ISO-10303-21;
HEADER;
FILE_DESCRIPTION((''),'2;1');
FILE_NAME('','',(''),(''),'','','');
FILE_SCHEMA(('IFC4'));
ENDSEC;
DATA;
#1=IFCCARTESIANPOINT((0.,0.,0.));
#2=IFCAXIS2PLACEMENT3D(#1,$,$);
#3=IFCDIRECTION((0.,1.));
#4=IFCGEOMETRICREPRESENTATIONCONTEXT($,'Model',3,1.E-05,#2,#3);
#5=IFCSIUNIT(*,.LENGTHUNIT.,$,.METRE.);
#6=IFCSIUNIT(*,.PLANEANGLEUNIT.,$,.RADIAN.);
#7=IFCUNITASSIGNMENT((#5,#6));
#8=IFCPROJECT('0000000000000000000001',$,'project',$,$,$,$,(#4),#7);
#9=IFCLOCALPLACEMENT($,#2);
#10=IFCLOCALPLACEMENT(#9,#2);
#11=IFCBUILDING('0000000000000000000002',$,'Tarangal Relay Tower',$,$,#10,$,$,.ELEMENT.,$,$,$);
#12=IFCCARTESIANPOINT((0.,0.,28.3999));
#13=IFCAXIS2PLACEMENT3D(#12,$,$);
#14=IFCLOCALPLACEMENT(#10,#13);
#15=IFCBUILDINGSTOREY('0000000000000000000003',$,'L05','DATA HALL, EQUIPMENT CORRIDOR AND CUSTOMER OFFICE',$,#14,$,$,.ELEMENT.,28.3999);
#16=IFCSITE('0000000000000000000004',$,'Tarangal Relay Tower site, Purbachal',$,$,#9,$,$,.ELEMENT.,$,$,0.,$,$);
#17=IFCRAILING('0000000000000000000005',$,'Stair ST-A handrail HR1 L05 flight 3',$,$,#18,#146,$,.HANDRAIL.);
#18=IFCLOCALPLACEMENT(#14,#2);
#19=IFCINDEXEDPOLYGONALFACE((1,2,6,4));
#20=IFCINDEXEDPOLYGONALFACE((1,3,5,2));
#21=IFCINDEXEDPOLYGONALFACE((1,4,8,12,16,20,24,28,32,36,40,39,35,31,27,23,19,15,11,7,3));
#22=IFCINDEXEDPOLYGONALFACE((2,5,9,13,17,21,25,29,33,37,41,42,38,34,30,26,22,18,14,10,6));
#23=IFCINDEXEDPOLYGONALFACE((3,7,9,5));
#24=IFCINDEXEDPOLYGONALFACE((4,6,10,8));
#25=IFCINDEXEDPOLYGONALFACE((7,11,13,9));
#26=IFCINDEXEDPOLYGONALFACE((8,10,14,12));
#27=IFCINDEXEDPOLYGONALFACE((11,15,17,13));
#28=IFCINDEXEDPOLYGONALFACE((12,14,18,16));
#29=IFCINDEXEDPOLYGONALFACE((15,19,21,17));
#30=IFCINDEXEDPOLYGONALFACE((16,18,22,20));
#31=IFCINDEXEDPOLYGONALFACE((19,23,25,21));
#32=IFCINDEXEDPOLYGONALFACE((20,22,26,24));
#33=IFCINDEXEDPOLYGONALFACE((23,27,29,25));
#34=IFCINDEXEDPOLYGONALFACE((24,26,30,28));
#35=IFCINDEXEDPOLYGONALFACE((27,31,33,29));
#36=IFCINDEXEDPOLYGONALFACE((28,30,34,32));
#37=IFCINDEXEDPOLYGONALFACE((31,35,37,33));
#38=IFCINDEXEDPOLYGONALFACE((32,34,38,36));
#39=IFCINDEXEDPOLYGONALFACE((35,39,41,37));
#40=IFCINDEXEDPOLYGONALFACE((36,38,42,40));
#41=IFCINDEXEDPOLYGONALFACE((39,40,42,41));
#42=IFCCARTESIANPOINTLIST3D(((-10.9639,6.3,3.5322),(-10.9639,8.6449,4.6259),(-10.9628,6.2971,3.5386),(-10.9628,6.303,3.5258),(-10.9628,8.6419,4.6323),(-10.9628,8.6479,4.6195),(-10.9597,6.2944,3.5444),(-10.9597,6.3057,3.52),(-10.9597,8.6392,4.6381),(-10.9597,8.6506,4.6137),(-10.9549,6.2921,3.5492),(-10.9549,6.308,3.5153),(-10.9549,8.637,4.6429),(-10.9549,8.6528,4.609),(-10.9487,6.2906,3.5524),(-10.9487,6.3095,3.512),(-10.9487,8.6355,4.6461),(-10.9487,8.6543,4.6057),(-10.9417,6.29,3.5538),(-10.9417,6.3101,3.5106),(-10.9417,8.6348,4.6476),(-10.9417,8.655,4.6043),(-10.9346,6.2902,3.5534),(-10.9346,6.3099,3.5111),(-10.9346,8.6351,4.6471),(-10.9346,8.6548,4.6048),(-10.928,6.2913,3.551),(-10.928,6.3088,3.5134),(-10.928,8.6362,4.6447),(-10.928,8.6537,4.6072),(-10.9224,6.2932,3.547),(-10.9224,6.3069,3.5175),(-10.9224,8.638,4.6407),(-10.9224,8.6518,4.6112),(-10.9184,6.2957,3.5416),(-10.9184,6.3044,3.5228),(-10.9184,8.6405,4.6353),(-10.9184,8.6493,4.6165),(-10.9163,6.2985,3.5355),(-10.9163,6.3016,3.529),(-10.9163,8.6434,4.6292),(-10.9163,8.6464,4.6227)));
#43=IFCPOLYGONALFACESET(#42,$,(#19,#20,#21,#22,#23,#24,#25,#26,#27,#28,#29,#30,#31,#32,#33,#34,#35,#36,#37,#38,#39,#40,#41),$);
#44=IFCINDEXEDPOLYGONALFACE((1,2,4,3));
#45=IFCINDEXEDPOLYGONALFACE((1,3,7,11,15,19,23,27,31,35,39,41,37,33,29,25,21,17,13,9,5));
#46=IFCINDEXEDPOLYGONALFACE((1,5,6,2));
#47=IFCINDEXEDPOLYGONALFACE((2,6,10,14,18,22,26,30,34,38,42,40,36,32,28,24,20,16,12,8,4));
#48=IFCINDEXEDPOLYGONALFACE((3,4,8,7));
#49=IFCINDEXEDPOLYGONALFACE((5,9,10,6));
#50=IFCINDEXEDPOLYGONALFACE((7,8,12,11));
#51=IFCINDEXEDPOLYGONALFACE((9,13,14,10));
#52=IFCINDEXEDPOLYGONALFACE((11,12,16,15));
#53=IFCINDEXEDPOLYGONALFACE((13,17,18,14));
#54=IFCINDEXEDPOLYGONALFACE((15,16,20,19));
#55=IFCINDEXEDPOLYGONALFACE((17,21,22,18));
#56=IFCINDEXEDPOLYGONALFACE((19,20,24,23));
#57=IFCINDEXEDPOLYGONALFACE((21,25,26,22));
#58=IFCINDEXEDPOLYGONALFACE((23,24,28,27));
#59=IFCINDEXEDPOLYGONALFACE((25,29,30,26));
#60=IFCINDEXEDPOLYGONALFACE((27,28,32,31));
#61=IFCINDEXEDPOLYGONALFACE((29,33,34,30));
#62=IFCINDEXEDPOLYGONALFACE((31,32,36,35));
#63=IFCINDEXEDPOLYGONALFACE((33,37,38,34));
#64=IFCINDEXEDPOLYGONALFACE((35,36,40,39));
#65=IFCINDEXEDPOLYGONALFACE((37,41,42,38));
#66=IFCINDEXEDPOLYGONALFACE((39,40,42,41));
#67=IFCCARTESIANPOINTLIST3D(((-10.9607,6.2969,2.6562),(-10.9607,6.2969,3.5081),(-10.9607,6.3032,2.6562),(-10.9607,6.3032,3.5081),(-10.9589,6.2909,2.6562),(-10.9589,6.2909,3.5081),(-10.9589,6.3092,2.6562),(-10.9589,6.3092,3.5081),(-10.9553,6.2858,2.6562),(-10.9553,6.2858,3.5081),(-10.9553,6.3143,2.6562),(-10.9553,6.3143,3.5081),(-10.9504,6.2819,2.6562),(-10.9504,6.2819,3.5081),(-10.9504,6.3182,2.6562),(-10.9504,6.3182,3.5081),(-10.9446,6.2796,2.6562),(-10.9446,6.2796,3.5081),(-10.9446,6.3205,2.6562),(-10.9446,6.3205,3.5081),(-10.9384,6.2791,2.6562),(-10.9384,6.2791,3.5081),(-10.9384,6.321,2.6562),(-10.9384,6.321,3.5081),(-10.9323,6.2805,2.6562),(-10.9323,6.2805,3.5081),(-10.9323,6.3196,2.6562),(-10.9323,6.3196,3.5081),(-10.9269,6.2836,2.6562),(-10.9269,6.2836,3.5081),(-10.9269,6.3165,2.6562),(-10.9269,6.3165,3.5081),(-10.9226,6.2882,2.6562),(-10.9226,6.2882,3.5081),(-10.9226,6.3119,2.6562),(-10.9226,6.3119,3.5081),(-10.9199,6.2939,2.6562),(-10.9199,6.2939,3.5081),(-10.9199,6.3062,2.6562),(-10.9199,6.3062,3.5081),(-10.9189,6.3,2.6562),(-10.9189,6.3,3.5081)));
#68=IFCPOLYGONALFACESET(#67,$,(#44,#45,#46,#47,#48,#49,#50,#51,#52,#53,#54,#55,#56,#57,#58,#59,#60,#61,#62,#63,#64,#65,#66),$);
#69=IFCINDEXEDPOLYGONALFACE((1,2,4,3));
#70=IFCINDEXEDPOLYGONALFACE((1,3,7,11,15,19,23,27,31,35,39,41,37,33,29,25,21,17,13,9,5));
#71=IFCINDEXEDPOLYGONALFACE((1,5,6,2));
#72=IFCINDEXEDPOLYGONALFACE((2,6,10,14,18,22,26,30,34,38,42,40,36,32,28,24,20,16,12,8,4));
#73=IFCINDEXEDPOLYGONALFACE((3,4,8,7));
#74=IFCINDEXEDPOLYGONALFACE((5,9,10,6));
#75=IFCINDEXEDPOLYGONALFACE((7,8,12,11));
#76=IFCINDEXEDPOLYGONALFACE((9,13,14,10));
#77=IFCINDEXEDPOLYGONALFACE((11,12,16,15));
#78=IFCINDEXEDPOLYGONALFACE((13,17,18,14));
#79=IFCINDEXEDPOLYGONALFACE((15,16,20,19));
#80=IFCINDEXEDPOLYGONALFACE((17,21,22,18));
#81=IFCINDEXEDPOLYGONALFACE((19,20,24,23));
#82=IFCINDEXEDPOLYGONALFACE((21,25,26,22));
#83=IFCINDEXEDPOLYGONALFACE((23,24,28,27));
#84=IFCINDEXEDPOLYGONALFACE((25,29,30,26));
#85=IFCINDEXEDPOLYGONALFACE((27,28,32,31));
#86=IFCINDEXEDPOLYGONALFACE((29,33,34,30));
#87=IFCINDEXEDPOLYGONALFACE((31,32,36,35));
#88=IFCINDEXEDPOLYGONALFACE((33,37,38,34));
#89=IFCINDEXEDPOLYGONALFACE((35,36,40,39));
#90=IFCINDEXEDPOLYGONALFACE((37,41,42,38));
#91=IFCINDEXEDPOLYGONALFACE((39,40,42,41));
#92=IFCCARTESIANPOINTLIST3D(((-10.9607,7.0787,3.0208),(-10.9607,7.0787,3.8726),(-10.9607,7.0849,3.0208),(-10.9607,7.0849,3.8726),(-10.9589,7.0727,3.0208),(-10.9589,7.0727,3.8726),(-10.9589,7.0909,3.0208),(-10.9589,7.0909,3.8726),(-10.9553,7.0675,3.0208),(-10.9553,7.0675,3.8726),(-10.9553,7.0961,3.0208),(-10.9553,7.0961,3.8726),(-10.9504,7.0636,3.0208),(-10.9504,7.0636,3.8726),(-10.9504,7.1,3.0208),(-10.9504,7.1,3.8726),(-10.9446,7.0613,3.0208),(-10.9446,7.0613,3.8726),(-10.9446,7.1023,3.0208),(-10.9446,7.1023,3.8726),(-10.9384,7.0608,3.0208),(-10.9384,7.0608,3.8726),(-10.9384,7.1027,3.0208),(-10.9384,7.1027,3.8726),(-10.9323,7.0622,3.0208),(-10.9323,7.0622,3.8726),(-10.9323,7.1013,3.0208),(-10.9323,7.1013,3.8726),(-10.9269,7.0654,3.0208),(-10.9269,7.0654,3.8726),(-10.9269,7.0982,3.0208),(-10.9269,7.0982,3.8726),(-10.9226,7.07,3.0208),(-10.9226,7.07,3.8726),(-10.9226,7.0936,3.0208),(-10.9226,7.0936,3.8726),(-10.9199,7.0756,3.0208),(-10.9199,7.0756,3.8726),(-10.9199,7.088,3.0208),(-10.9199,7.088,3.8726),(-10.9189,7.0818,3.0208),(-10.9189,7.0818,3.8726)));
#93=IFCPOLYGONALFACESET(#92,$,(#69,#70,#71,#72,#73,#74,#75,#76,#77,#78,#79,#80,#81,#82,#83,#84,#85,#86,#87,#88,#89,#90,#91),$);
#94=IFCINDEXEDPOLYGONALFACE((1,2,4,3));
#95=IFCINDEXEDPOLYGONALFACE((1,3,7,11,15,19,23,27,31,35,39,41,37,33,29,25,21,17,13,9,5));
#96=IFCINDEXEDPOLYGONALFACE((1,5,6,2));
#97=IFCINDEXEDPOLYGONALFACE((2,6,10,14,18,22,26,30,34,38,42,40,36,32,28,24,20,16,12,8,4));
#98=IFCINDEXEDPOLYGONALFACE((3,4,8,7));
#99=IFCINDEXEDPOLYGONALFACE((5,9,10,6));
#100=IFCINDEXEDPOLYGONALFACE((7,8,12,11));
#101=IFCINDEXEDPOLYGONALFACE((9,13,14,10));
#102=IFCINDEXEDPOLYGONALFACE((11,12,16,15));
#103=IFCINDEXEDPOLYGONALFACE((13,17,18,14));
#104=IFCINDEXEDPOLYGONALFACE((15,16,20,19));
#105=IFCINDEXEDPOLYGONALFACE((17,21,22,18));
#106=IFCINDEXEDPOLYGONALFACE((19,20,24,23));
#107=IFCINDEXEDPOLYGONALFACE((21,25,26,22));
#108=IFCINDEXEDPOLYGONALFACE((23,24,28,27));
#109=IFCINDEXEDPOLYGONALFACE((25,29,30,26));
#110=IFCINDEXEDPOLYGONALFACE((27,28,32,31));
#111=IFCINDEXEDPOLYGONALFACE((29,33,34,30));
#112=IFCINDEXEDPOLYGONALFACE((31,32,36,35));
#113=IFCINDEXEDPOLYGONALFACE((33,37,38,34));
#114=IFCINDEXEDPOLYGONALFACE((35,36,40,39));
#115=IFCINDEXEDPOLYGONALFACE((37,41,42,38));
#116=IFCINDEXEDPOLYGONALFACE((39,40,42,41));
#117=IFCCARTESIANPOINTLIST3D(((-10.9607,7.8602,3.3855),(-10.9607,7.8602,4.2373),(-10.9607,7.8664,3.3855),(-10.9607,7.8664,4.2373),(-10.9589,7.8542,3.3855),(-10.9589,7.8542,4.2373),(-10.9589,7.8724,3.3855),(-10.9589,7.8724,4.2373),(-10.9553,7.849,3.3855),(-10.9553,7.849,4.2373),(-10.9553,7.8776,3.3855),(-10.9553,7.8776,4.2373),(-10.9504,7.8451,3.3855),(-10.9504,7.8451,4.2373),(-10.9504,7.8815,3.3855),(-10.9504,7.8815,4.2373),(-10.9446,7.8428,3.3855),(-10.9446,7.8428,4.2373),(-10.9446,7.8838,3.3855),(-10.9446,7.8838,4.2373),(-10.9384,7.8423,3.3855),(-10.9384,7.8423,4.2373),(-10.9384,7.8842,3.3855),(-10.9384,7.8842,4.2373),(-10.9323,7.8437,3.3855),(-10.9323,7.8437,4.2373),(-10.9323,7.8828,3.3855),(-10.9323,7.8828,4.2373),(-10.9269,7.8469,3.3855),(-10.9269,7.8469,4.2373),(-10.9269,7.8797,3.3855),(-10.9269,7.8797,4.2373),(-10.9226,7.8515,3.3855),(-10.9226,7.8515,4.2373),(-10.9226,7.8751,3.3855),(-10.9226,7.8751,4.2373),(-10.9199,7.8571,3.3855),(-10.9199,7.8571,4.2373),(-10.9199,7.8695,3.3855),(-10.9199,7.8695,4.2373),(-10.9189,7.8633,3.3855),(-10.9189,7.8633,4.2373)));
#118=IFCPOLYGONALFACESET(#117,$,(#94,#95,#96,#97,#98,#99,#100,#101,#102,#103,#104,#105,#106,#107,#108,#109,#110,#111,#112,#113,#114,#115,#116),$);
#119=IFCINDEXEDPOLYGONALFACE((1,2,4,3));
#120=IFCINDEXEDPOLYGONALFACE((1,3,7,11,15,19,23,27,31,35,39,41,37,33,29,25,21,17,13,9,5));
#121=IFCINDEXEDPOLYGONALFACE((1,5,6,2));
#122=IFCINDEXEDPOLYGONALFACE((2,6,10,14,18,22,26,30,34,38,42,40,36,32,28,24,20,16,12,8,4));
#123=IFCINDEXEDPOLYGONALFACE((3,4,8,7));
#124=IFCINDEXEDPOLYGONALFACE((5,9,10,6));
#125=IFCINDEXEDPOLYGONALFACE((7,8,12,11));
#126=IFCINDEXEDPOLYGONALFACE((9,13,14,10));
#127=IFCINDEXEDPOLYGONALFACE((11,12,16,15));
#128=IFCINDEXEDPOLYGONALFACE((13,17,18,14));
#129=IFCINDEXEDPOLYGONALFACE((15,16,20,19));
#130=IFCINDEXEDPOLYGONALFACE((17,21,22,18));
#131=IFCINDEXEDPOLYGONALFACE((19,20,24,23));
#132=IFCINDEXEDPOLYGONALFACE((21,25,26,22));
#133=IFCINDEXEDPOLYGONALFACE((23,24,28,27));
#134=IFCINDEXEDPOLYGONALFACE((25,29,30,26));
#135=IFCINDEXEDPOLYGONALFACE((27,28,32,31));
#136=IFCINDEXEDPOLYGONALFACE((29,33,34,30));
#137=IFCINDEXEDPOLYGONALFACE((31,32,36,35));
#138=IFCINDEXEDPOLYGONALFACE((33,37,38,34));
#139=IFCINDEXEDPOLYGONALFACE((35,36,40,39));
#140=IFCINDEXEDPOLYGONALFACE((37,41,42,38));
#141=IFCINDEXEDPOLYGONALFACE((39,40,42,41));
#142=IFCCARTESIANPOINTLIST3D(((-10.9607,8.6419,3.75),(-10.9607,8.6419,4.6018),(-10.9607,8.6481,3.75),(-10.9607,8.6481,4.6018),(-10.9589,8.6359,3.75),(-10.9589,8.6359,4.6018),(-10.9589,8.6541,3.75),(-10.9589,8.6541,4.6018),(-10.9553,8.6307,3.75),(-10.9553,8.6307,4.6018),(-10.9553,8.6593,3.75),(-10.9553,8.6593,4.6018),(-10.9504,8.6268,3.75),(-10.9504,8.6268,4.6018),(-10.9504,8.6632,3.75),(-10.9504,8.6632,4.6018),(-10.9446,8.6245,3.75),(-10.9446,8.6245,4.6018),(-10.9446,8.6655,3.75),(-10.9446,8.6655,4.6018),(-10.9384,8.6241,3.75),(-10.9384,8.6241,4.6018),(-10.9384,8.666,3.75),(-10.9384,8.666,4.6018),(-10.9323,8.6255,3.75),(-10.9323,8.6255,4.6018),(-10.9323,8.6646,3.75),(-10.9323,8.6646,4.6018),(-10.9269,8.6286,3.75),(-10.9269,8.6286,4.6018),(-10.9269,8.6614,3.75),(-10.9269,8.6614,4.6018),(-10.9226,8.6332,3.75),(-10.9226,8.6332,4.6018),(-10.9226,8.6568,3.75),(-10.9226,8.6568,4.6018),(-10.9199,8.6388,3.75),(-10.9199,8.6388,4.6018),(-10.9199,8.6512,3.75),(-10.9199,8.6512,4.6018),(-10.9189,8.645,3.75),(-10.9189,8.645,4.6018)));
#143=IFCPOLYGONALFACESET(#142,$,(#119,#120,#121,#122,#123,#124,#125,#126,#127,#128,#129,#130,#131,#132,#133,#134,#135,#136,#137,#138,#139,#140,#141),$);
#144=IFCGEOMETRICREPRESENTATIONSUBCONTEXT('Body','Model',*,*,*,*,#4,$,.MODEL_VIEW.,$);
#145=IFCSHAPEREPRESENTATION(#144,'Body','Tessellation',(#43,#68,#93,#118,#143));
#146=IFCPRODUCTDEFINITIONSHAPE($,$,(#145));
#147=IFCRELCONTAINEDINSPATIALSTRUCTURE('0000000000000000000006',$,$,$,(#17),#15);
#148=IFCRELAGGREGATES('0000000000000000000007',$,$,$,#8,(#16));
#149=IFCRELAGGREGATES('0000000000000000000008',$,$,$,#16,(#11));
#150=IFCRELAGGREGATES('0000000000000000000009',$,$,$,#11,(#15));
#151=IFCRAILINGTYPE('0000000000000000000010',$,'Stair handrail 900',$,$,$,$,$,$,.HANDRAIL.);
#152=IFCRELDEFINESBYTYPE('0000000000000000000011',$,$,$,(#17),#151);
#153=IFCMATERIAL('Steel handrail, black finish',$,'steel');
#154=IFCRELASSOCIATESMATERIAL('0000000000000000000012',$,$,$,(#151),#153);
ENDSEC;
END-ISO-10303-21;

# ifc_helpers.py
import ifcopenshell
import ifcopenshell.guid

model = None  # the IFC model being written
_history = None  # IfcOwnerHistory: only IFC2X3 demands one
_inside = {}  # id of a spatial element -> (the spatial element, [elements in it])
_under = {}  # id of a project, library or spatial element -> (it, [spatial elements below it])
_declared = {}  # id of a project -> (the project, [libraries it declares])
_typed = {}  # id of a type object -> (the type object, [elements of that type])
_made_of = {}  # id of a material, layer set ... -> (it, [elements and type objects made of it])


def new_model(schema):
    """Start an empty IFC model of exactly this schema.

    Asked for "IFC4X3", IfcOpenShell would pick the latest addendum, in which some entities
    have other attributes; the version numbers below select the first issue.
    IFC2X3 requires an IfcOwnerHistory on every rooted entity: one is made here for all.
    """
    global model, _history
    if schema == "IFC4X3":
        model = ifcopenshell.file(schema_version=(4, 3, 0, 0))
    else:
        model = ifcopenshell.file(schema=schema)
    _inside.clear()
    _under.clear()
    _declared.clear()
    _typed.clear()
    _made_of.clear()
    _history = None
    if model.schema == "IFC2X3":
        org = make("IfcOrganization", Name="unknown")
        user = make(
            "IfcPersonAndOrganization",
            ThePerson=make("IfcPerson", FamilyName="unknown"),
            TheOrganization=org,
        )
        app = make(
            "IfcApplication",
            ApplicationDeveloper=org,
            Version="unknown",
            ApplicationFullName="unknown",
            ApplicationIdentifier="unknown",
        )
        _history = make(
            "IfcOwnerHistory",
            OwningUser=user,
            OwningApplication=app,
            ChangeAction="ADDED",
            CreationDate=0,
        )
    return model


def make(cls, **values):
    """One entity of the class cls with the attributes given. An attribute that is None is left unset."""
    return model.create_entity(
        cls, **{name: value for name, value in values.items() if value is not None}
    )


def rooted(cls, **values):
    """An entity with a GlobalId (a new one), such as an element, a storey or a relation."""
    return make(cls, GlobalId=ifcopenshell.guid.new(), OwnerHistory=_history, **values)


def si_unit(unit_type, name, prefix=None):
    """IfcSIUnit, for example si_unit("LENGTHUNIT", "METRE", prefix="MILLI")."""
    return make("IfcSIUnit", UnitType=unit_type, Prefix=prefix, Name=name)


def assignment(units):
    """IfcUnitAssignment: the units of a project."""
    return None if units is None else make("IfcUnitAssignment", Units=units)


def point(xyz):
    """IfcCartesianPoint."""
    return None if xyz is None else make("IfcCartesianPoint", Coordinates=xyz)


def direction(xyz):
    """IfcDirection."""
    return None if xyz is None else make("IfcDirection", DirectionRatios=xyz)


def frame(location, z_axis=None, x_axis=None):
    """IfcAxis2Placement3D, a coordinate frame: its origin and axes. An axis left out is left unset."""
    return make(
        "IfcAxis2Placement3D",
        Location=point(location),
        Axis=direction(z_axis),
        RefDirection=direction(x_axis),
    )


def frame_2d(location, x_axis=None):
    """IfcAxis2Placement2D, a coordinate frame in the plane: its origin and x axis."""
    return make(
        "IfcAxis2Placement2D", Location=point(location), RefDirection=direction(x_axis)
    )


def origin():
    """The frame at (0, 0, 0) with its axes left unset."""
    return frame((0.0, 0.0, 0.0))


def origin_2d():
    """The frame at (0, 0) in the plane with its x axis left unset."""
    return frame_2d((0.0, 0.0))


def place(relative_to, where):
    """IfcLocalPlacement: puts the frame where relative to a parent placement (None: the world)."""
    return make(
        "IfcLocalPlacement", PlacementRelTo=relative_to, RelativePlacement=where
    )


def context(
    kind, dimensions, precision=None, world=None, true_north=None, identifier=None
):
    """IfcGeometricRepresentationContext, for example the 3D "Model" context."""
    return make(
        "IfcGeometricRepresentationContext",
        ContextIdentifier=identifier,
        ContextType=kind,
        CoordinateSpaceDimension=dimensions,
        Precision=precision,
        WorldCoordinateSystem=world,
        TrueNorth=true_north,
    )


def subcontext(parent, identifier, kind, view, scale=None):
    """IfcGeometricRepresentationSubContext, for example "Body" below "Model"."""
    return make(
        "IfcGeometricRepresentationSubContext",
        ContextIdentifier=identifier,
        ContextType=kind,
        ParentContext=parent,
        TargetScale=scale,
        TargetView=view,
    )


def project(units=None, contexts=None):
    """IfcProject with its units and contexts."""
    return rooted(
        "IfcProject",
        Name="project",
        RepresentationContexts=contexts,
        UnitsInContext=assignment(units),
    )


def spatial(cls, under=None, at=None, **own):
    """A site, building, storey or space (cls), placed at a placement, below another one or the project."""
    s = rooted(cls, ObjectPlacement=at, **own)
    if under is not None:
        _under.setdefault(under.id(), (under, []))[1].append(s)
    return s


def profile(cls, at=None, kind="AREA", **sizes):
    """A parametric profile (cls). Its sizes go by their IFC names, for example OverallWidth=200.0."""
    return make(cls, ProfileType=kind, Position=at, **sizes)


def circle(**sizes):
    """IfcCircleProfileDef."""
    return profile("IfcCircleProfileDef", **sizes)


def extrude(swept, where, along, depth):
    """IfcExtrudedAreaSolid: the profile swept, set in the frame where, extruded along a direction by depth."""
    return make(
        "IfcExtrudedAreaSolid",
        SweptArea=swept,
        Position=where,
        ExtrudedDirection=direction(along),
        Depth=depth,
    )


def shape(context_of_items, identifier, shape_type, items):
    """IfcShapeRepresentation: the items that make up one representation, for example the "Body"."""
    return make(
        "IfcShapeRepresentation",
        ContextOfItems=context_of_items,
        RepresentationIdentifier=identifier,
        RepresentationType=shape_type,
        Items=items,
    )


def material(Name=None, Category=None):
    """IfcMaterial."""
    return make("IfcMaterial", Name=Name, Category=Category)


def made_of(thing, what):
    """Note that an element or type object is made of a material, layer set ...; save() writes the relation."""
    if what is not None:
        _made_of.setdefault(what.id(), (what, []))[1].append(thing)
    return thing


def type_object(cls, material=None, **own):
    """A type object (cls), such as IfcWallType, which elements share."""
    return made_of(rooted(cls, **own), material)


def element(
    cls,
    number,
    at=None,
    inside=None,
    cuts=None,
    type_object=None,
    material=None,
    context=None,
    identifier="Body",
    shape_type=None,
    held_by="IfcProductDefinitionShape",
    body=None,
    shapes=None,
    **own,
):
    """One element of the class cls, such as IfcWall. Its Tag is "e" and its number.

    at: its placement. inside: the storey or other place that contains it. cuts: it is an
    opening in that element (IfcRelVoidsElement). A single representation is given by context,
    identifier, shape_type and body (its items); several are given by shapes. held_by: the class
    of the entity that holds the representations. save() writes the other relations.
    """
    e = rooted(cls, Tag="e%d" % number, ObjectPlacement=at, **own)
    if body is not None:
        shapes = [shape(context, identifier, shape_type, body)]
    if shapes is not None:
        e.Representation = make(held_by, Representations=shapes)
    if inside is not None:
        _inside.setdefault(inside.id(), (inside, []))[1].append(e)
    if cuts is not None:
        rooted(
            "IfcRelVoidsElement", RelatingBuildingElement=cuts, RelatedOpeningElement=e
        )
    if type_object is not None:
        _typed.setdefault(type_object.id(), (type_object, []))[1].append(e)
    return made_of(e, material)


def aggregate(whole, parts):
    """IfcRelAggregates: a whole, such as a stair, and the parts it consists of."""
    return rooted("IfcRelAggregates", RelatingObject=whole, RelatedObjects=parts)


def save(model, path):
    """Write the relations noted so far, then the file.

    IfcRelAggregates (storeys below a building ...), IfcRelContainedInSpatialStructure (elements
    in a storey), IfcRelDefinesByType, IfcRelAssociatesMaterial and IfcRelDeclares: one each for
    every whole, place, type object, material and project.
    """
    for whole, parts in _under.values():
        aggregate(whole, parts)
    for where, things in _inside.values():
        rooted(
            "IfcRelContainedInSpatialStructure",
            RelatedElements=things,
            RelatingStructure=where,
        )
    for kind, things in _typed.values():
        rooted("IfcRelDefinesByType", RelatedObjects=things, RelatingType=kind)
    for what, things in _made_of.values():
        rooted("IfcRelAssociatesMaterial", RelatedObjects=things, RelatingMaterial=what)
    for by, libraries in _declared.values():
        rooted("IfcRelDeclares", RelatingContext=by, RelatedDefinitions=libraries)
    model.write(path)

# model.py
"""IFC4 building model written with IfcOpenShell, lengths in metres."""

from ifc_helpers import new_model, si_unit, direction, frame, origin, origin_2d, place, context, subcontext, project, spatial, circle, extrude, material, type_object, element, save


model = new_model("IFC4")

# Units and contexts
model_context = context("Model", 3, precision=1e-05, world=origin(), true_north=direction((0.0, 1.0)))
body_context = subcontext(model_context, "Body", "Model", "MODEL_VIEW")
ifc_project = project(units=[si_unit("LENGTHUNIT", "METRE"), si_unit("PLANEANGLEUNIT", "RADIAN")], contexts=[model_context])

# Site, building, storey
site_placement = place(None, origin())
site = spatial("IfcSite", under=ifc_project, at=site_placement, Name="Tarangal Relay Tower site, Purbachal", CompositionType="ELEMENT", RefElevation=0.0)
building_placement = place(site_placement, origin())
building = spatial("IfcBuilding", under=site, at=building_placement, Name="Tarangal Relay Tower", CompositionType="ELEMENT")
storey_placement = place(building_placement, frame((0.0, 0.0, 28.3999)))
storey = spatial("IfcBuildingStorey", under=building, at=storey_placement, Name="L05", Description="DATA HALL, EQUIPMENT CORRIDOR AND CUSTOMER OFFICE", CompositionType="ELEMENT", Elevation=28.3999)

# Railing
ifc_material_1 = material(Name="Steel handrail, black finish", Category="steel")
railing_type_1 = type_object("IfcRailingType", Name="Stair handrail 900", PredefinedType="HANDRAIL", material=ifc_material_1)
for number, where, name in (
    (1, (-10.9399, 6.3, 2.6562), "Stair ST-A handrail HR1 L05 flight 3"),
):
    element("IfcRailing", number, at=place(storey_placement, frame(where)), inside=storey, type_object=railing_type_1, Name=name, PredefinedType="HANDRAIL", context=body_context, shape_type="SweptSolid", body=[
        extrude(circle(Radius=0.0239, at=origin_2d()), frame((0.0, 0.0, 0.876), z_axis=(0.0, 0.906267, 0.422705), x_axis=(-1.0, 0.0, 0.0)), (0.0, 0.0, 1.0), 2.5874),
        extrude(circle(Radius=0.021, at=origin_2d()), origin(), (0.0, 0.0, 1.0), 0.8518),
        extrude(circle(Radius=0.021, at=origin_2d()), frame((0.0, 0.7817, 0.3645)), (0.0, 0.0, 1.0), 0.8518),
        extrude(circle(Radius=0.021, at=origin_2d()), frame((0.0, 1.5632, 0.7292)), (0.0, 0.0, 1.0), 0.8518),
        extrude(circle(Radius=0.021, at=origin_2d()), frame((0.0, 2.345, 1.0938)), (0.0, 0.0, 1.0), 0.8518),
    ])

save(model, "model.ifc")
